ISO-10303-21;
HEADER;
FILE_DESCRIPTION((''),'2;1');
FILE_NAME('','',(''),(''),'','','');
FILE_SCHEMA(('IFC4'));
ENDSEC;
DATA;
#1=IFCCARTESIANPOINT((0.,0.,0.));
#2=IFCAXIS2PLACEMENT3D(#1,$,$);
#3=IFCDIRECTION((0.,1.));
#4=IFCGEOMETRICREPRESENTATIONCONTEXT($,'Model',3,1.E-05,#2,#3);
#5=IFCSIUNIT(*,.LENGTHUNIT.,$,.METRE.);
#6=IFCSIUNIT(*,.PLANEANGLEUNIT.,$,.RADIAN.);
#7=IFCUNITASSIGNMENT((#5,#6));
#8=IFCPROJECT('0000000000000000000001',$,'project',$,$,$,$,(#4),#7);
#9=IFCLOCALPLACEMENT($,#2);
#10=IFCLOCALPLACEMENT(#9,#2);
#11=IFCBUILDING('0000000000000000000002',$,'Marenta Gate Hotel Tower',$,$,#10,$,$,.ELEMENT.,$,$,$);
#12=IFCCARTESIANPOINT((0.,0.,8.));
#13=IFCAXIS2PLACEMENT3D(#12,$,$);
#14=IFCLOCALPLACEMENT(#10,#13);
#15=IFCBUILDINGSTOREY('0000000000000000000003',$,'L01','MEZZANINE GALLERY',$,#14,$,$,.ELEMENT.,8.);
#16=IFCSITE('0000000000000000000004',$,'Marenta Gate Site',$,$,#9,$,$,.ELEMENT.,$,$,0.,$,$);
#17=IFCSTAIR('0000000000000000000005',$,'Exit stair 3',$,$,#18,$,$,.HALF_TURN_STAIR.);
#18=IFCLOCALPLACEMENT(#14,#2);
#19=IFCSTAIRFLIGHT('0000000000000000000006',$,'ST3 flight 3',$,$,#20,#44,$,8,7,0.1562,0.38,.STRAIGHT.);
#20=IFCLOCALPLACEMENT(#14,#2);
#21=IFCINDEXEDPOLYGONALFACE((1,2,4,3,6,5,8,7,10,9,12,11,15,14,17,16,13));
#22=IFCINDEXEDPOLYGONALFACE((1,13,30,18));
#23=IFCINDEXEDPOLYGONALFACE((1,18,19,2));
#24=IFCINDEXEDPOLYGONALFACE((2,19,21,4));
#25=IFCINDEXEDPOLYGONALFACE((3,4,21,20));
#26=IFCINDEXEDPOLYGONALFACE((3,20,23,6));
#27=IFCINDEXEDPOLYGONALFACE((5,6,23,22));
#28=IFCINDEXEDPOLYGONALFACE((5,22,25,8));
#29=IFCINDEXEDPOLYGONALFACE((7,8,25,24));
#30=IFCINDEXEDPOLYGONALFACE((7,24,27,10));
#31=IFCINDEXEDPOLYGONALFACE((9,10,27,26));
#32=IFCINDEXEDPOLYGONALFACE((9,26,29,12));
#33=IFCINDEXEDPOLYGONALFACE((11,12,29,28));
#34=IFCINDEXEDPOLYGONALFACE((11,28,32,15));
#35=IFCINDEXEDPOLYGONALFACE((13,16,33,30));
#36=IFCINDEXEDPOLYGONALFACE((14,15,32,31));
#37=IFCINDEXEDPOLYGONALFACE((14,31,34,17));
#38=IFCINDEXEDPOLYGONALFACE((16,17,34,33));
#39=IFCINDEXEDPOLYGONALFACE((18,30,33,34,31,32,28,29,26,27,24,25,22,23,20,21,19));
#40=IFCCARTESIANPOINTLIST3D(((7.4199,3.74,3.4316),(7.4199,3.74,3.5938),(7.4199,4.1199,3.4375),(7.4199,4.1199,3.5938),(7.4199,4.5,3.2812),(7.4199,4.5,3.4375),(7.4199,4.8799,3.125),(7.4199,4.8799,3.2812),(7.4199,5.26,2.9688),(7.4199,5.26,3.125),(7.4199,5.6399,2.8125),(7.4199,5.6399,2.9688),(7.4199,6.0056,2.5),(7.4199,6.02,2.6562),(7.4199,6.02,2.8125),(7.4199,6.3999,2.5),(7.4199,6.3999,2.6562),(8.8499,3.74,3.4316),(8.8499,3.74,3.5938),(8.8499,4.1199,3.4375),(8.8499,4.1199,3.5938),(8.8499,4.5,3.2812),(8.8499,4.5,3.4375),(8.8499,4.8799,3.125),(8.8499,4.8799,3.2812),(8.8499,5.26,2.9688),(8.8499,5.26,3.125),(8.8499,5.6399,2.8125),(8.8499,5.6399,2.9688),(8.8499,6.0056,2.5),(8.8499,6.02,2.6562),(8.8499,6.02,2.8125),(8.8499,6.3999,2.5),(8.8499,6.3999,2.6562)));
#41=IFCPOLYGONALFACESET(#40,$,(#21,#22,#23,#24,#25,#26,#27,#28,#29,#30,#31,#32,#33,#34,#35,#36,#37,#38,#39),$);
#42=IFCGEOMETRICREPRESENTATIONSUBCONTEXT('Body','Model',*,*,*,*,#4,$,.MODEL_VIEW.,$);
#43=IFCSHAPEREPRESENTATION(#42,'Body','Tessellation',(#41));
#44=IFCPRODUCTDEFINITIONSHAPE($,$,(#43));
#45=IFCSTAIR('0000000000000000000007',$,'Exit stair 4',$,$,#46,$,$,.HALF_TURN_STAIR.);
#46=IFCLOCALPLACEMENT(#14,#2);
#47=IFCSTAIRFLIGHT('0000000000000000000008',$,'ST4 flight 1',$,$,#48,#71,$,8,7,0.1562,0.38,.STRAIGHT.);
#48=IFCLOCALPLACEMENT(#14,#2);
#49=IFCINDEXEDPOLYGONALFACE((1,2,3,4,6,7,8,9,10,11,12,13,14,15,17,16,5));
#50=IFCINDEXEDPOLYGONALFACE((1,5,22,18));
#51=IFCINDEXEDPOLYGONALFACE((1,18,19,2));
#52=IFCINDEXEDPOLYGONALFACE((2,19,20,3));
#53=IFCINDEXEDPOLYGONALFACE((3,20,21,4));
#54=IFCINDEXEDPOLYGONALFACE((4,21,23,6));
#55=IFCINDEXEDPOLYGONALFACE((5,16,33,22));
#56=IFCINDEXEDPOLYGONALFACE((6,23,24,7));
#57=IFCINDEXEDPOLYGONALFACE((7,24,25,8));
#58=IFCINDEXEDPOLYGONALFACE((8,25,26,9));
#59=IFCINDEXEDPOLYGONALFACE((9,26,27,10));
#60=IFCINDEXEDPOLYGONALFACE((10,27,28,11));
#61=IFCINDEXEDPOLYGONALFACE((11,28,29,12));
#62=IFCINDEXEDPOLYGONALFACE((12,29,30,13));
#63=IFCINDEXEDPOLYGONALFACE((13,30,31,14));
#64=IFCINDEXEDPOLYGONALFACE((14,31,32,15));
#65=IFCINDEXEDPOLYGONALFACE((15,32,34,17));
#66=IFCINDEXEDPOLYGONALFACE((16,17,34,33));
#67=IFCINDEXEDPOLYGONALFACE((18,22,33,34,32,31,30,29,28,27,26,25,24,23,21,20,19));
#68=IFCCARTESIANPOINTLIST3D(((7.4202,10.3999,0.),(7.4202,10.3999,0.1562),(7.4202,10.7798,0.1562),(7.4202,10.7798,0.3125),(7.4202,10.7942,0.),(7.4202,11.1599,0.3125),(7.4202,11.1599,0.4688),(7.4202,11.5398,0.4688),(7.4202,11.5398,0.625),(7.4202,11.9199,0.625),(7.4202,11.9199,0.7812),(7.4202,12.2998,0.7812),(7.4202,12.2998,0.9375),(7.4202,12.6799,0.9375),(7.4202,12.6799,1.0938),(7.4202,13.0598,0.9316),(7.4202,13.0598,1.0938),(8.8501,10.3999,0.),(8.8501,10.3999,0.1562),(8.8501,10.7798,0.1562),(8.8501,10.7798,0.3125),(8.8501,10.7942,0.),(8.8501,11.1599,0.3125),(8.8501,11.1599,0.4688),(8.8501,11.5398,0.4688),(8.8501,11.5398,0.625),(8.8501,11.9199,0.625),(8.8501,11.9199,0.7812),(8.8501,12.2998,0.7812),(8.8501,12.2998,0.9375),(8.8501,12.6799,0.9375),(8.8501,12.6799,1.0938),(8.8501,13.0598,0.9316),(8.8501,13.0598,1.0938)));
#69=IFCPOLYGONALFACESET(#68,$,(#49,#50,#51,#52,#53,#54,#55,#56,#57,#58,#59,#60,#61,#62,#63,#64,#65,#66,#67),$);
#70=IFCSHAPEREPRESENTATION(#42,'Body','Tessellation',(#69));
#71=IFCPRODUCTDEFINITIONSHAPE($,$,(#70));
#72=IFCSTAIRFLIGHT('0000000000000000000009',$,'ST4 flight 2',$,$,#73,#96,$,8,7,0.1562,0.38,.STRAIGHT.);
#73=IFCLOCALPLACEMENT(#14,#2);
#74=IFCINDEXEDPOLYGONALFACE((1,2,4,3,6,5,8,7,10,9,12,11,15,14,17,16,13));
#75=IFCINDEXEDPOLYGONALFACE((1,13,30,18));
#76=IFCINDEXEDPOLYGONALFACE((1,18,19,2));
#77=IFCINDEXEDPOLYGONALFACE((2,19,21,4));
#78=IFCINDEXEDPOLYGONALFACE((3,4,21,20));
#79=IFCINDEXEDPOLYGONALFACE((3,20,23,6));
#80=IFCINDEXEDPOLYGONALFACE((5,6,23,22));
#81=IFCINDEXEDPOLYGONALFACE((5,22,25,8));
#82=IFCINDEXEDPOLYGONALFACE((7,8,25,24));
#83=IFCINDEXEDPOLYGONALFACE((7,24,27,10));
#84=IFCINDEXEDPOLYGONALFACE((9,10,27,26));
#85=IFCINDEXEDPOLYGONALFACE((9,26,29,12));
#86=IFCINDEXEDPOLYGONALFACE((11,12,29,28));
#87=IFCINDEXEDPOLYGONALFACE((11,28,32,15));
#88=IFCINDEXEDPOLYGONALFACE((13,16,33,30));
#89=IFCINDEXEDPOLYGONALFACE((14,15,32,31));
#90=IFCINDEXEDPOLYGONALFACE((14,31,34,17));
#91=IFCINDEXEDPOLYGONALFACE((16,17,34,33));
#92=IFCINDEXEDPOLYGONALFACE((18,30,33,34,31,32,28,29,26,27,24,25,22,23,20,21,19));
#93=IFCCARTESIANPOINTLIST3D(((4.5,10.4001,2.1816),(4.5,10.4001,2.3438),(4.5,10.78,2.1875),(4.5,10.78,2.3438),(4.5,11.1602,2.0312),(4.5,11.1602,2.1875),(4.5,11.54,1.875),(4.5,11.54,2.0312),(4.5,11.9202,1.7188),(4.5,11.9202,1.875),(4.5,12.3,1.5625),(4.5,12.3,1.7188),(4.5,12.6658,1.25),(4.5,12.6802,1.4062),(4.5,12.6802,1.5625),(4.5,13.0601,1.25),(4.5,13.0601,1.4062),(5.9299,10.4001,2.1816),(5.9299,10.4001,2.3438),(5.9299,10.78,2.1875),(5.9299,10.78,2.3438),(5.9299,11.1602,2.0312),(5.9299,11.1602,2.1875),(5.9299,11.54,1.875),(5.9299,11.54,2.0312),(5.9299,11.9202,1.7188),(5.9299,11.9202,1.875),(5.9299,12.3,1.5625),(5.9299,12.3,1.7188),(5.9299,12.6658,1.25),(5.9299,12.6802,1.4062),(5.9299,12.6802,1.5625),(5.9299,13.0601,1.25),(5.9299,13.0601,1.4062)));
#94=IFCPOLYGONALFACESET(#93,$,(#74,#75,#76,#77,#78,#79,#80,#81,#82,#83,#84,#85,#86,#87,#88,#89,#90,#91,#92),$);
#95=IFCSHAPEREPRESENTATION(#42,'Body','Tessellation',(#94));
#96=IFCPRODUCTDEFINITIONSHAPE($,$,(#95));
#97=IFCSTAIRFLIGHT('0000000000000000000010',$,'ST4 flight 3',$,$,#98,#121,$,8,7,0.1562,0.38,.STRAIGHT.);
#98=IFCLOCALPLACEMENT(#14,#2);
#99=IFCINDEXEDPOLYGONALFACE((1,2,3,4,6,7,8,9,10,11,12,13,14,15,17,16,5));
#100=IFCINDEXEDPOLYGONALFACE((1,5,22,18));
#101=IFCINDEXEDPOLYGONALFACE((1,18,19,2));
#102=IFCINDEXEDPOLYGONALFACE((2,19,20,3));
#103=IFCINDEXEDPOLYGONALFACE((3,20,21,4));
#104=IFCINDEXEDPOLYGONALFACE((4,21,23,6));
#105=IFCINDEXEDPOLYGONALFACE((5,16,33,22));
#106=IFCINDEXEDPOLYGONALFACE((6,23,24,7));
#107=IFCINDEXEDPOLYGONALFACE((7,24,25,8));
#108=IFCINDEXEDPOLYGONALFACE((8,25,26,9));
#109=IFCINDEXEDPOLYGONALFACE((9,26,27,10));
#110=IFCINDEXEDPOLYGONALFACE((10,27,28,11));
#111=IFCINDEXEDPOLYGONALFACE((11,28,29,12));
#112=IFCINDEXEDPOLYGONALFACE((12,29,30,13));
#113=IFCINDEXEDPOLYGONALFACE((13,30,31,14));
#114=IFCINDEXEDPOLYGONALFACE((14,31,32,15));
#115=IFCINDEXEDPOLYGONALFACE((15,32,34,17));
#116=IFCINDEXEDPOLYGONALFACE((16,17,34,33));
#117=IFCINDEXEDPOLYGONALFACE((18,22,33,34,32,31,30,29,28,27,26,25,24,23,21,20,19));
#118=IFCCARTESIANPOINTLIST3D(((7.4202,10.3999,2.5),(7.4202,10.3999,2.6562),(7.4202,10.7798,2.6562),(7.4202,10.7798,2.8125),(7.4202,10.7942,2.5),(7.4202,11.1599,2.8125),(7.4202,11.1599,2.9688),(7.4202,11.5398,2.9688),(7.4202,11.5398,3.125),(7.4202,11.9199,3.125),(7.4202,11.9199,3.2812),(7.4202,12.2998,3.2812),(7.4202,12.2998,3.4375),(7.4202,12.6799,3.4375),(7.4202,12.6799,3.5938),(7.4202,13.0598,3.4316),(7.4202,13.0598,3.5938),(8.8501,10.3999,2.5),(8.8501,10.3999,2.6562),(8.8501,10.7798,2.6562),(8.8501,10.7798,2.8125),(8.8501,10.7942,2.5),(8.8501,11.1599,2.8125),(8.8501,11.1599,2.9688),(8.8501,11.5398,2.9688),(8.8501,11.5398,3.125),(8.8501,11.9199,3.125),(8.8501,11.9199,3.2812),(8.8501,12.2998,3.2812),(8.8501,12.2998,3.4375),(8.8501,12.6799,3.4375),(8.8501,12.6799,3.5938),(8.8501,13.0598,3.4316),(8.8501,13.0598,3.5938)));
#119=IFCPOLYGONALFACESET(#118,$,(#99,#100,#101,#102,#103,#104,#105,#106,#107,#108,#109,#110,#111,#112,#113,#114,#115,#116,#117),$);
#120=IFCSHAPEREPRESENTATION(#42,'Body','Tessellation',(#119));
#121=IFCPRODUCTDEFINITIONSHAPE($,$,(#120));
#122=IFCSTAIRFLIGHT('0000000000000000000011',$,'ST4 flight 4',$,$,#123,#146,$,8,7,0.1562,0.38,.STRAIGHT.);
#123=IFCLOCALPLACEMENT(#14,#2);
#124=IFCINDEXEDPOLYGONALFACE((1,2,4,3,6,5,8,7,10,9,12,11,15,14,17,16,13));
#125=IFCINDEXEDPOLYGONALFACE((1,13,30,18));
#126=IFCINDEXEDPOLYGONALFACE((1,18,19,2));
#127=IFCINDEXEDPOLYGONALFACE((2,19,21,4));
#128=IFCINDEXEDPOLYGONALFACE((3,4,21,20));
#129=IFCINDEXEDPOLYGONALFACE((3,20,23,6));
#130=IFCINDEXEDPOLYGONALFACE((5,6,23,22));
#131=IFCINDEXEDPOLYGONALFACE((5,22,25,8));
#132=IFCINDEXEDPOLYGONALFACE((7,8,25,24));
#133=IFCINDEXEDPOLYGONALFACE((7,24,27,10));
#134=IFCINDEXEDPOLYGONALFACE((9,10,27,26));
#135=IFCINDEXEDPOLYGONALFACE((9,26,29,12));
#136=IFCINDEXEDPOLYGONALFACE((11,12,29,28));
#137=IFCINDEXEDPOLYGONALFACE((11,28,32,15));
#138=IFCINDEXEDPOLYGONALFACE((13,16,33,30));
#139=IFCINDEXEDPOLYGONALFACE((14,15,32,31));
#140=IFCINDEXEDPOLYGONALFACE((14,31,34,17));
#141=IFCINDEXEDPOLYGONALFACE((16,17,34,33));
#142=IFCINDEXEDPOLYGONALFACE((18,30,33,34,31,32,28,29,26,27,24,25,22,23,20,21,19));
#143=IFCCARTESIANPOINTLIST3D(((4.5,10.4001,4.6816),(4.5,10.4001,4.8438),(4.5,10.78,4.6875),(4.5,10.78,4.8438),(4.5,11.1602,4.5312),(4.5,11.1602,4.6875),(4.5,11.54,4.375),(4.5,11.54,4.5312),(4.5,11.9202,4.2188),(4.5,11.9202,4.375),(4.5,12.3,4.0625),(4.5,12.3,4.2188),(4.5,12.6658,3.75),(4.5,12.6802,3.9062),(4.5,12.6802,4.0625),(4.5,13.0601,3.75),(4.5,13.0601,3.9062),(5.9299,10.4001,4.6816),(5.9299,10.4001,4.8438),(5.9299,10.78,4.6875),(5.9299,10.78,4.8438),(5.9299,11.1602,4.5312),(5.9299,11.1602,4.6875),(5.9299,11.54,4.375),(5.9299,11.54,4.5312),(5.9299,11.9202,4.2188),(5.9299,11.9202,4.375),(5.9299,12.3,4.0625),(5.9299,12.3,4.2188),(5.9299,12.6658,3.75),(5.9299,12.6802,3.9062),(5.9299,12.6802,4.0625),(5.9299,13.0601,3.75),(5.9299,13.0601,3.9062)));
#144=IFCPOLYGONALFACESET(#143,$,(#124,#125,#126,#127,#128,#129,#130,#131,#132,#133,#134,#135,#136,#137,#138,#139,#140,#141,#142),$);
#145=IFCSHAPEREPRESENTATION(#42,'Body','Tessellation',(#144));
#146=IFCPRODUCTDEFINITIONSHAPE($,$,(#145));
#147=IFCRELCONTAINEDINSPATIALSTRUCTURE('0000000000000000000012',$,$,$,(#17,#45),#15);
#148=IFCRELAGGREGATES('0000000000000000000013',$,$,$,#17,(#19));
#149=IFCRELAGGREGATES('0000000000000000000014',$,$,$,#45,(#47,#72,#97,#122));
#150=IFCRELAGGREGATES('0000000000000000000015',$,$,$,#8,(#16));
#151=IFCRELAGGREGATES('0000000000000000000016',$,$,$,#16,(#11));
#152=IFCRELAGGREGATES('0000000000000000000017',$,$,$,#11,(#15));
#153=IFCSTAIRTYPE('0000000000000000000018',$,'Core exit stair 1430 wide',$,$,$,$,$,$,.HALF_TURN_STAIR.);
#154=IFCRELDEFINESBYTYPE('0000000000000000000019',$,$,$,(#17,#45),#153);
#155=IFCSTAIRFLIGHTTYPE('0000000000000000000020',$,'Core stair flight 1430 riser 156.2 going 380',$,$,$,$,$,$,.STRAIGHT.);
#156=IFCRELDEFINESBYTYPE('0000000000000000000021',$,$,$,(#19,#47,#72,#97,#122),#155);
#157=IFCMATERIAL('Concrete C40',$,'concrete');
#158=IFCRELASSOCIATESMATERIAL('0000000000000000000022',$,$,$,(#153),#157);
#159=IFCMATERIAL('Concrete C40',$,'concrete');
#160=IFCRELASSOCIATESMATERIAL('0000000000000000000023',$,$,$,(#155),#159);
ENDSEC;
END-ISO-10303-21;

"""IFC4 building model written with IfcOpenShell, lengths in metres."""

from ifc_helpers import new_model, si_unit, direction, frame, origin, place, context, subcontext, project, spatial, polyline, outline, extrude, material, type_object, element, aggregate, save


model = new_model("IFC4")

# Units and contexts
model_context = context("Model", 3, precision=1e-05, world=origin(), true_north=direction((0.0, 1.0)))
body_context = subcontext(model_context, "Body", "Model", "MODEL_VIEW")
ifc_project = project(units=[si_unit("LENGTHUNIT", "METRE"), si_unit("PLANEANGLEUNIT", "RADIAN")], contexts=[model_context])

# Site, building, storey
site_placement = place(None, origin())
site = spatial("IfcSite", under=ifc_project, at=site_placement, Name="Marenta Gate Site", CompositionType="ELEMENT", RefElevation=0.0)
building_placement = place(site_placement, origin())
building = spatial("IfcBuilding", under=site, at=building_placement, Name="Marenta Gate Hotel Tower", CompositionType="ELEMENT")
storey_placement = place(building_placement, frame((0.0, 0.0, 8.0)))
storey = spatial("IfcBuildingStorey", under=building, at=storey_placement, Name="L01", Description="MEZZANINE GALLERY", CompositionType="ELEMENT", Elevation=8.0)

# Stairs, stair flights
ifc_material_1 = material(Name="Concrete C40", Category="concrete")
stair_type = type_object("IfcStairType", Name="Core exit stair 1430 wide", PredefinedType="HALF_TURN_STAIR", material=ifc_material_1)
stair_1_placement = place(storey_placement, origin())
stair_1 = element("IfcStair", 1, at=stair_1_placement, inside=storey, type_object=stair_type, Name="Exit stair 3", PredefinedType="HALF_TURN_STAIR")
ifc_material_2 = material(Name="Concrete C40", Category="concrete")
stair_flight_type = type_object("IfcStairFlightType", Name="Core stair flight 1430 riser 156.2 going 380", PredefinedType="STRAIGHT", material=ifc_material_2)
stair_flight_1_placement = place(storey_placement, frame((8.135, 6.3999, 2.5), z_axis=(0.0, 0.0, 1.0), x_axis=(0.0, -1.0, 0.0)))
stair_flight_1 = element("IfcStairFlight", 2, at=stair_flight_1_placement, type_object=stair_flight_type, Name="ST3 flight 3", NumberOfRisers=8, NumberOfTreads=7, PredefinedType="STRAIGHT", RiserHeight=0.1562, TreadLength=0.38, context=body_context, shape_type="SweptSolid", body=[
    extrude(outline(polyline([(0.0, 0.0), (0.0, 0.1562), (0.3799, 0.1562), (0.3799, 0.3125), (0.76, 0.3125), (0.76, 0.4688), (1.1399, 0.4688), (1.1399, 0.625), (1.52, 0.625), (1.52, 0.7812), (1.8999, 0.7812), (1.8999, 0.9375), (2.28, 0.9375), (2.28, 1.0938), (2.6599, 1.0938), (2.6599, 1.25), (2.6599, 0.9316), (0.3943, 0.0), (0.0, 0.0)])), frame((0.0, 0.7148, 0.0), z_axis=(0.0, -1.0, 0.0), x_axis=(1.0, 0.0, 0.0)), (0.0, 0.0, 1.0), 1.4299),
])
aggregate(stair_1, [stair_flight_1])
stair_2_placement = place(storey_placement, origin())
stair_2 = element("IfcStair", 3, at=stair_2_placement, inside=storey, type_object=stair_type, Name="Exit stair 4", PredefinedType="HALF_TURN_STAIR")
stair_flight_2_placement = place(storey_placement, frame((8.135, 10.3999, 0.0), z_axis=(0.0, 0.0, 1.0), x_axis=(0.0, 1.0, 0.0)))
stair_flight_2 = element("IfcStairFlight", 4, at=stair_flight_2_placement, type_object=stair_flight_type, Name="ST4 flight 1", NumberOfRisers=8, NumberOfTreads=7, PredefinedType="STRAIGHT", RiserHeight=0.1562, TreadLength=0.38, context=body_context, shape_type="SweptSolid", body=[
    extrude(outline(polyline([(0.0, 0.0), (0.0, 0.1562), (0.3799, 0.1562), (0.3799, 0.3125), (0.76, 0.3125), (0.76, 0.4688), (1.1399, 0.4688), (1.1399, 0.625), (1.52, 0.625), (1.52, 0.7812), (1.8999, 0.7812), (1.8999, 0.9375), (2.28, 0.9375), (2.28, 1.0938), (2.6599, 1.0938), (2.6599, 1.25), (2.6599, 0.9316), (0.3943, 0.0), (0.0, 0.0)])), frame((0.0, 0.7148, 0.0), z_axis=(0.0, -1.0, 0.0), x_axis=(1.0, 0.0, 0.0)), (0.0, 0.0, 1.0), 1.4299),
])
stair_flight_3_placement = place(storey_placement, frame((5.2151, 13.0601, 1.25), z_axis=(0.0, 0.0, 1.0), x_axis=(0.0, -1.0, 0.0)))
stair_flight_3 = element("IfcStairFlight", 5, at=stair_flight_3_placement, type_object=stair_flight_type, Name="ST4 flight 2", NumberOfRisers=8, NumberOfTreads=7, PredefinedType="STRAIGHT", RiserHeight=0.1562, TreadLength=0.38, context=body_context, shape_type="SweptSolid", body=[
    extrude(outline(polyline([(0.0, 0.0), (0.0, 0.1562), (0.3799, 0.1562), (0.3799, 0.3125), (0.76, 0.3125), (0.76, 0.4688), (1.1399, 0.4688), (1.1399, 0.625), (1.52, 0.625), (1.52, 0.7812), (1.8999, 0.7812), (1.8999, 0.9375), (2.28, 0.9375), (2.28, 1.0938), (2.6599, 1.0938), (2.6599, 1.25), (2.6599, 0.9316), (0.3943, 0.0), (0.0, 0.0)])), frame((0.0, 0.7148, 0.0), z_axis=(0.0, -1.0, 0.0), x_axis=(1.0, 0.0, 0.0)), (0.0, 0.0, 1.0), 1.4299),
])
stair_flight_4_placement = place(storey_placement, frame((8.135, 10.3999, 2.5), z_axis=(0.0, 0.0, 1.0), x_axis=(0.0, 1.0, 0.0)))
stair_flight_4 = element("IfcStairFlight", 6, at=stair_flight_4_placement, type_object=stair_flight_type, Name="ST4 flight 3", NumberOfRisers=8, NumberOfTreads=7, PredefinedType="STRAIGHT", RiserHeight=0.1562, TreadLength=0.38, context=body_context, shape_type="SweptSolid", body=[
    extrude(outline(polyline([(0.0, 0.0), (0.0, 0.1562), (0.3799, 0.1562), (0.3799, 0.3125), (0.76, 0.3125), (0.76, 0.4688), (1.1399, 0.4688), (1.1399, 0.625), (1.52, 0.625), (1.52, 0.7812), (1.8999, 0.7812), (1.8999, 0.9375), (2.28, 0.9375), (2.28, 1.0938), (2.6599, 1.0938), (2.6599, 1.25), (2.6599, 0.9316), (0.3943, 0.0), (0.0, 0.0)])), frame((0.0, 0.7148, 0.0), z_axis=(0.0, -1.0, 0.0), x_axis=(1.0, 0.0, 0.0)), (0.0, 0.0, 1.0), 1.4299),
])
stair_flight_5_placement = place(storey_placement, frame((5.2151, 13.0601, 3.75), z_axis=(0.0, 0.0, 1.0), x_axis=(0.0, -1.0, 0.0)))
stair_flight_5 = element("IfcStairFlight", 7, at=stair_flight_5_placement, type_object=stair_flight_type, Name="ST4 flight 4", NumberOfRisers=8, NumberOfTreads=7, PredefinedType="STRAIGHT", RiserHeight=0.1562, TreadLength=0.38, context=body_context, shape_type="SweptSolid", body=[
    extrude(outline(polyline([(0.0, 0.0), (0.0, 0.1562), (0.3799, 0.1562), (0.3799, 0.3125), (0.76, 0.3125), (0.76, 0.4688), (1.1399, 0.4688), (1.1399, 0.625), (1.52, 0.625), (1.52, 0.7812), (1.8999, 0.7812), (1.8999, 0.9375), (2.28, 0.9375), (2.28, 1.0938), (2.6599, 1.0938), (2.6599, 1.25), (2.6599, 0.9316), (0.3943, 0.0), (0.0, 0.0)])), frame((0.0, 0.7148, 0.0), z_axis=(0.0, -1.0, 0.0), x_axis=(1.0, 0.0, 0.0)), (0.0, 0.0, 1.0), 1.4299),
])
aggregate(stair_2, [stair_flight_2, stair_flight_3, stair_flight_4, stair_flight_5])

save(model, "model.ifc")
